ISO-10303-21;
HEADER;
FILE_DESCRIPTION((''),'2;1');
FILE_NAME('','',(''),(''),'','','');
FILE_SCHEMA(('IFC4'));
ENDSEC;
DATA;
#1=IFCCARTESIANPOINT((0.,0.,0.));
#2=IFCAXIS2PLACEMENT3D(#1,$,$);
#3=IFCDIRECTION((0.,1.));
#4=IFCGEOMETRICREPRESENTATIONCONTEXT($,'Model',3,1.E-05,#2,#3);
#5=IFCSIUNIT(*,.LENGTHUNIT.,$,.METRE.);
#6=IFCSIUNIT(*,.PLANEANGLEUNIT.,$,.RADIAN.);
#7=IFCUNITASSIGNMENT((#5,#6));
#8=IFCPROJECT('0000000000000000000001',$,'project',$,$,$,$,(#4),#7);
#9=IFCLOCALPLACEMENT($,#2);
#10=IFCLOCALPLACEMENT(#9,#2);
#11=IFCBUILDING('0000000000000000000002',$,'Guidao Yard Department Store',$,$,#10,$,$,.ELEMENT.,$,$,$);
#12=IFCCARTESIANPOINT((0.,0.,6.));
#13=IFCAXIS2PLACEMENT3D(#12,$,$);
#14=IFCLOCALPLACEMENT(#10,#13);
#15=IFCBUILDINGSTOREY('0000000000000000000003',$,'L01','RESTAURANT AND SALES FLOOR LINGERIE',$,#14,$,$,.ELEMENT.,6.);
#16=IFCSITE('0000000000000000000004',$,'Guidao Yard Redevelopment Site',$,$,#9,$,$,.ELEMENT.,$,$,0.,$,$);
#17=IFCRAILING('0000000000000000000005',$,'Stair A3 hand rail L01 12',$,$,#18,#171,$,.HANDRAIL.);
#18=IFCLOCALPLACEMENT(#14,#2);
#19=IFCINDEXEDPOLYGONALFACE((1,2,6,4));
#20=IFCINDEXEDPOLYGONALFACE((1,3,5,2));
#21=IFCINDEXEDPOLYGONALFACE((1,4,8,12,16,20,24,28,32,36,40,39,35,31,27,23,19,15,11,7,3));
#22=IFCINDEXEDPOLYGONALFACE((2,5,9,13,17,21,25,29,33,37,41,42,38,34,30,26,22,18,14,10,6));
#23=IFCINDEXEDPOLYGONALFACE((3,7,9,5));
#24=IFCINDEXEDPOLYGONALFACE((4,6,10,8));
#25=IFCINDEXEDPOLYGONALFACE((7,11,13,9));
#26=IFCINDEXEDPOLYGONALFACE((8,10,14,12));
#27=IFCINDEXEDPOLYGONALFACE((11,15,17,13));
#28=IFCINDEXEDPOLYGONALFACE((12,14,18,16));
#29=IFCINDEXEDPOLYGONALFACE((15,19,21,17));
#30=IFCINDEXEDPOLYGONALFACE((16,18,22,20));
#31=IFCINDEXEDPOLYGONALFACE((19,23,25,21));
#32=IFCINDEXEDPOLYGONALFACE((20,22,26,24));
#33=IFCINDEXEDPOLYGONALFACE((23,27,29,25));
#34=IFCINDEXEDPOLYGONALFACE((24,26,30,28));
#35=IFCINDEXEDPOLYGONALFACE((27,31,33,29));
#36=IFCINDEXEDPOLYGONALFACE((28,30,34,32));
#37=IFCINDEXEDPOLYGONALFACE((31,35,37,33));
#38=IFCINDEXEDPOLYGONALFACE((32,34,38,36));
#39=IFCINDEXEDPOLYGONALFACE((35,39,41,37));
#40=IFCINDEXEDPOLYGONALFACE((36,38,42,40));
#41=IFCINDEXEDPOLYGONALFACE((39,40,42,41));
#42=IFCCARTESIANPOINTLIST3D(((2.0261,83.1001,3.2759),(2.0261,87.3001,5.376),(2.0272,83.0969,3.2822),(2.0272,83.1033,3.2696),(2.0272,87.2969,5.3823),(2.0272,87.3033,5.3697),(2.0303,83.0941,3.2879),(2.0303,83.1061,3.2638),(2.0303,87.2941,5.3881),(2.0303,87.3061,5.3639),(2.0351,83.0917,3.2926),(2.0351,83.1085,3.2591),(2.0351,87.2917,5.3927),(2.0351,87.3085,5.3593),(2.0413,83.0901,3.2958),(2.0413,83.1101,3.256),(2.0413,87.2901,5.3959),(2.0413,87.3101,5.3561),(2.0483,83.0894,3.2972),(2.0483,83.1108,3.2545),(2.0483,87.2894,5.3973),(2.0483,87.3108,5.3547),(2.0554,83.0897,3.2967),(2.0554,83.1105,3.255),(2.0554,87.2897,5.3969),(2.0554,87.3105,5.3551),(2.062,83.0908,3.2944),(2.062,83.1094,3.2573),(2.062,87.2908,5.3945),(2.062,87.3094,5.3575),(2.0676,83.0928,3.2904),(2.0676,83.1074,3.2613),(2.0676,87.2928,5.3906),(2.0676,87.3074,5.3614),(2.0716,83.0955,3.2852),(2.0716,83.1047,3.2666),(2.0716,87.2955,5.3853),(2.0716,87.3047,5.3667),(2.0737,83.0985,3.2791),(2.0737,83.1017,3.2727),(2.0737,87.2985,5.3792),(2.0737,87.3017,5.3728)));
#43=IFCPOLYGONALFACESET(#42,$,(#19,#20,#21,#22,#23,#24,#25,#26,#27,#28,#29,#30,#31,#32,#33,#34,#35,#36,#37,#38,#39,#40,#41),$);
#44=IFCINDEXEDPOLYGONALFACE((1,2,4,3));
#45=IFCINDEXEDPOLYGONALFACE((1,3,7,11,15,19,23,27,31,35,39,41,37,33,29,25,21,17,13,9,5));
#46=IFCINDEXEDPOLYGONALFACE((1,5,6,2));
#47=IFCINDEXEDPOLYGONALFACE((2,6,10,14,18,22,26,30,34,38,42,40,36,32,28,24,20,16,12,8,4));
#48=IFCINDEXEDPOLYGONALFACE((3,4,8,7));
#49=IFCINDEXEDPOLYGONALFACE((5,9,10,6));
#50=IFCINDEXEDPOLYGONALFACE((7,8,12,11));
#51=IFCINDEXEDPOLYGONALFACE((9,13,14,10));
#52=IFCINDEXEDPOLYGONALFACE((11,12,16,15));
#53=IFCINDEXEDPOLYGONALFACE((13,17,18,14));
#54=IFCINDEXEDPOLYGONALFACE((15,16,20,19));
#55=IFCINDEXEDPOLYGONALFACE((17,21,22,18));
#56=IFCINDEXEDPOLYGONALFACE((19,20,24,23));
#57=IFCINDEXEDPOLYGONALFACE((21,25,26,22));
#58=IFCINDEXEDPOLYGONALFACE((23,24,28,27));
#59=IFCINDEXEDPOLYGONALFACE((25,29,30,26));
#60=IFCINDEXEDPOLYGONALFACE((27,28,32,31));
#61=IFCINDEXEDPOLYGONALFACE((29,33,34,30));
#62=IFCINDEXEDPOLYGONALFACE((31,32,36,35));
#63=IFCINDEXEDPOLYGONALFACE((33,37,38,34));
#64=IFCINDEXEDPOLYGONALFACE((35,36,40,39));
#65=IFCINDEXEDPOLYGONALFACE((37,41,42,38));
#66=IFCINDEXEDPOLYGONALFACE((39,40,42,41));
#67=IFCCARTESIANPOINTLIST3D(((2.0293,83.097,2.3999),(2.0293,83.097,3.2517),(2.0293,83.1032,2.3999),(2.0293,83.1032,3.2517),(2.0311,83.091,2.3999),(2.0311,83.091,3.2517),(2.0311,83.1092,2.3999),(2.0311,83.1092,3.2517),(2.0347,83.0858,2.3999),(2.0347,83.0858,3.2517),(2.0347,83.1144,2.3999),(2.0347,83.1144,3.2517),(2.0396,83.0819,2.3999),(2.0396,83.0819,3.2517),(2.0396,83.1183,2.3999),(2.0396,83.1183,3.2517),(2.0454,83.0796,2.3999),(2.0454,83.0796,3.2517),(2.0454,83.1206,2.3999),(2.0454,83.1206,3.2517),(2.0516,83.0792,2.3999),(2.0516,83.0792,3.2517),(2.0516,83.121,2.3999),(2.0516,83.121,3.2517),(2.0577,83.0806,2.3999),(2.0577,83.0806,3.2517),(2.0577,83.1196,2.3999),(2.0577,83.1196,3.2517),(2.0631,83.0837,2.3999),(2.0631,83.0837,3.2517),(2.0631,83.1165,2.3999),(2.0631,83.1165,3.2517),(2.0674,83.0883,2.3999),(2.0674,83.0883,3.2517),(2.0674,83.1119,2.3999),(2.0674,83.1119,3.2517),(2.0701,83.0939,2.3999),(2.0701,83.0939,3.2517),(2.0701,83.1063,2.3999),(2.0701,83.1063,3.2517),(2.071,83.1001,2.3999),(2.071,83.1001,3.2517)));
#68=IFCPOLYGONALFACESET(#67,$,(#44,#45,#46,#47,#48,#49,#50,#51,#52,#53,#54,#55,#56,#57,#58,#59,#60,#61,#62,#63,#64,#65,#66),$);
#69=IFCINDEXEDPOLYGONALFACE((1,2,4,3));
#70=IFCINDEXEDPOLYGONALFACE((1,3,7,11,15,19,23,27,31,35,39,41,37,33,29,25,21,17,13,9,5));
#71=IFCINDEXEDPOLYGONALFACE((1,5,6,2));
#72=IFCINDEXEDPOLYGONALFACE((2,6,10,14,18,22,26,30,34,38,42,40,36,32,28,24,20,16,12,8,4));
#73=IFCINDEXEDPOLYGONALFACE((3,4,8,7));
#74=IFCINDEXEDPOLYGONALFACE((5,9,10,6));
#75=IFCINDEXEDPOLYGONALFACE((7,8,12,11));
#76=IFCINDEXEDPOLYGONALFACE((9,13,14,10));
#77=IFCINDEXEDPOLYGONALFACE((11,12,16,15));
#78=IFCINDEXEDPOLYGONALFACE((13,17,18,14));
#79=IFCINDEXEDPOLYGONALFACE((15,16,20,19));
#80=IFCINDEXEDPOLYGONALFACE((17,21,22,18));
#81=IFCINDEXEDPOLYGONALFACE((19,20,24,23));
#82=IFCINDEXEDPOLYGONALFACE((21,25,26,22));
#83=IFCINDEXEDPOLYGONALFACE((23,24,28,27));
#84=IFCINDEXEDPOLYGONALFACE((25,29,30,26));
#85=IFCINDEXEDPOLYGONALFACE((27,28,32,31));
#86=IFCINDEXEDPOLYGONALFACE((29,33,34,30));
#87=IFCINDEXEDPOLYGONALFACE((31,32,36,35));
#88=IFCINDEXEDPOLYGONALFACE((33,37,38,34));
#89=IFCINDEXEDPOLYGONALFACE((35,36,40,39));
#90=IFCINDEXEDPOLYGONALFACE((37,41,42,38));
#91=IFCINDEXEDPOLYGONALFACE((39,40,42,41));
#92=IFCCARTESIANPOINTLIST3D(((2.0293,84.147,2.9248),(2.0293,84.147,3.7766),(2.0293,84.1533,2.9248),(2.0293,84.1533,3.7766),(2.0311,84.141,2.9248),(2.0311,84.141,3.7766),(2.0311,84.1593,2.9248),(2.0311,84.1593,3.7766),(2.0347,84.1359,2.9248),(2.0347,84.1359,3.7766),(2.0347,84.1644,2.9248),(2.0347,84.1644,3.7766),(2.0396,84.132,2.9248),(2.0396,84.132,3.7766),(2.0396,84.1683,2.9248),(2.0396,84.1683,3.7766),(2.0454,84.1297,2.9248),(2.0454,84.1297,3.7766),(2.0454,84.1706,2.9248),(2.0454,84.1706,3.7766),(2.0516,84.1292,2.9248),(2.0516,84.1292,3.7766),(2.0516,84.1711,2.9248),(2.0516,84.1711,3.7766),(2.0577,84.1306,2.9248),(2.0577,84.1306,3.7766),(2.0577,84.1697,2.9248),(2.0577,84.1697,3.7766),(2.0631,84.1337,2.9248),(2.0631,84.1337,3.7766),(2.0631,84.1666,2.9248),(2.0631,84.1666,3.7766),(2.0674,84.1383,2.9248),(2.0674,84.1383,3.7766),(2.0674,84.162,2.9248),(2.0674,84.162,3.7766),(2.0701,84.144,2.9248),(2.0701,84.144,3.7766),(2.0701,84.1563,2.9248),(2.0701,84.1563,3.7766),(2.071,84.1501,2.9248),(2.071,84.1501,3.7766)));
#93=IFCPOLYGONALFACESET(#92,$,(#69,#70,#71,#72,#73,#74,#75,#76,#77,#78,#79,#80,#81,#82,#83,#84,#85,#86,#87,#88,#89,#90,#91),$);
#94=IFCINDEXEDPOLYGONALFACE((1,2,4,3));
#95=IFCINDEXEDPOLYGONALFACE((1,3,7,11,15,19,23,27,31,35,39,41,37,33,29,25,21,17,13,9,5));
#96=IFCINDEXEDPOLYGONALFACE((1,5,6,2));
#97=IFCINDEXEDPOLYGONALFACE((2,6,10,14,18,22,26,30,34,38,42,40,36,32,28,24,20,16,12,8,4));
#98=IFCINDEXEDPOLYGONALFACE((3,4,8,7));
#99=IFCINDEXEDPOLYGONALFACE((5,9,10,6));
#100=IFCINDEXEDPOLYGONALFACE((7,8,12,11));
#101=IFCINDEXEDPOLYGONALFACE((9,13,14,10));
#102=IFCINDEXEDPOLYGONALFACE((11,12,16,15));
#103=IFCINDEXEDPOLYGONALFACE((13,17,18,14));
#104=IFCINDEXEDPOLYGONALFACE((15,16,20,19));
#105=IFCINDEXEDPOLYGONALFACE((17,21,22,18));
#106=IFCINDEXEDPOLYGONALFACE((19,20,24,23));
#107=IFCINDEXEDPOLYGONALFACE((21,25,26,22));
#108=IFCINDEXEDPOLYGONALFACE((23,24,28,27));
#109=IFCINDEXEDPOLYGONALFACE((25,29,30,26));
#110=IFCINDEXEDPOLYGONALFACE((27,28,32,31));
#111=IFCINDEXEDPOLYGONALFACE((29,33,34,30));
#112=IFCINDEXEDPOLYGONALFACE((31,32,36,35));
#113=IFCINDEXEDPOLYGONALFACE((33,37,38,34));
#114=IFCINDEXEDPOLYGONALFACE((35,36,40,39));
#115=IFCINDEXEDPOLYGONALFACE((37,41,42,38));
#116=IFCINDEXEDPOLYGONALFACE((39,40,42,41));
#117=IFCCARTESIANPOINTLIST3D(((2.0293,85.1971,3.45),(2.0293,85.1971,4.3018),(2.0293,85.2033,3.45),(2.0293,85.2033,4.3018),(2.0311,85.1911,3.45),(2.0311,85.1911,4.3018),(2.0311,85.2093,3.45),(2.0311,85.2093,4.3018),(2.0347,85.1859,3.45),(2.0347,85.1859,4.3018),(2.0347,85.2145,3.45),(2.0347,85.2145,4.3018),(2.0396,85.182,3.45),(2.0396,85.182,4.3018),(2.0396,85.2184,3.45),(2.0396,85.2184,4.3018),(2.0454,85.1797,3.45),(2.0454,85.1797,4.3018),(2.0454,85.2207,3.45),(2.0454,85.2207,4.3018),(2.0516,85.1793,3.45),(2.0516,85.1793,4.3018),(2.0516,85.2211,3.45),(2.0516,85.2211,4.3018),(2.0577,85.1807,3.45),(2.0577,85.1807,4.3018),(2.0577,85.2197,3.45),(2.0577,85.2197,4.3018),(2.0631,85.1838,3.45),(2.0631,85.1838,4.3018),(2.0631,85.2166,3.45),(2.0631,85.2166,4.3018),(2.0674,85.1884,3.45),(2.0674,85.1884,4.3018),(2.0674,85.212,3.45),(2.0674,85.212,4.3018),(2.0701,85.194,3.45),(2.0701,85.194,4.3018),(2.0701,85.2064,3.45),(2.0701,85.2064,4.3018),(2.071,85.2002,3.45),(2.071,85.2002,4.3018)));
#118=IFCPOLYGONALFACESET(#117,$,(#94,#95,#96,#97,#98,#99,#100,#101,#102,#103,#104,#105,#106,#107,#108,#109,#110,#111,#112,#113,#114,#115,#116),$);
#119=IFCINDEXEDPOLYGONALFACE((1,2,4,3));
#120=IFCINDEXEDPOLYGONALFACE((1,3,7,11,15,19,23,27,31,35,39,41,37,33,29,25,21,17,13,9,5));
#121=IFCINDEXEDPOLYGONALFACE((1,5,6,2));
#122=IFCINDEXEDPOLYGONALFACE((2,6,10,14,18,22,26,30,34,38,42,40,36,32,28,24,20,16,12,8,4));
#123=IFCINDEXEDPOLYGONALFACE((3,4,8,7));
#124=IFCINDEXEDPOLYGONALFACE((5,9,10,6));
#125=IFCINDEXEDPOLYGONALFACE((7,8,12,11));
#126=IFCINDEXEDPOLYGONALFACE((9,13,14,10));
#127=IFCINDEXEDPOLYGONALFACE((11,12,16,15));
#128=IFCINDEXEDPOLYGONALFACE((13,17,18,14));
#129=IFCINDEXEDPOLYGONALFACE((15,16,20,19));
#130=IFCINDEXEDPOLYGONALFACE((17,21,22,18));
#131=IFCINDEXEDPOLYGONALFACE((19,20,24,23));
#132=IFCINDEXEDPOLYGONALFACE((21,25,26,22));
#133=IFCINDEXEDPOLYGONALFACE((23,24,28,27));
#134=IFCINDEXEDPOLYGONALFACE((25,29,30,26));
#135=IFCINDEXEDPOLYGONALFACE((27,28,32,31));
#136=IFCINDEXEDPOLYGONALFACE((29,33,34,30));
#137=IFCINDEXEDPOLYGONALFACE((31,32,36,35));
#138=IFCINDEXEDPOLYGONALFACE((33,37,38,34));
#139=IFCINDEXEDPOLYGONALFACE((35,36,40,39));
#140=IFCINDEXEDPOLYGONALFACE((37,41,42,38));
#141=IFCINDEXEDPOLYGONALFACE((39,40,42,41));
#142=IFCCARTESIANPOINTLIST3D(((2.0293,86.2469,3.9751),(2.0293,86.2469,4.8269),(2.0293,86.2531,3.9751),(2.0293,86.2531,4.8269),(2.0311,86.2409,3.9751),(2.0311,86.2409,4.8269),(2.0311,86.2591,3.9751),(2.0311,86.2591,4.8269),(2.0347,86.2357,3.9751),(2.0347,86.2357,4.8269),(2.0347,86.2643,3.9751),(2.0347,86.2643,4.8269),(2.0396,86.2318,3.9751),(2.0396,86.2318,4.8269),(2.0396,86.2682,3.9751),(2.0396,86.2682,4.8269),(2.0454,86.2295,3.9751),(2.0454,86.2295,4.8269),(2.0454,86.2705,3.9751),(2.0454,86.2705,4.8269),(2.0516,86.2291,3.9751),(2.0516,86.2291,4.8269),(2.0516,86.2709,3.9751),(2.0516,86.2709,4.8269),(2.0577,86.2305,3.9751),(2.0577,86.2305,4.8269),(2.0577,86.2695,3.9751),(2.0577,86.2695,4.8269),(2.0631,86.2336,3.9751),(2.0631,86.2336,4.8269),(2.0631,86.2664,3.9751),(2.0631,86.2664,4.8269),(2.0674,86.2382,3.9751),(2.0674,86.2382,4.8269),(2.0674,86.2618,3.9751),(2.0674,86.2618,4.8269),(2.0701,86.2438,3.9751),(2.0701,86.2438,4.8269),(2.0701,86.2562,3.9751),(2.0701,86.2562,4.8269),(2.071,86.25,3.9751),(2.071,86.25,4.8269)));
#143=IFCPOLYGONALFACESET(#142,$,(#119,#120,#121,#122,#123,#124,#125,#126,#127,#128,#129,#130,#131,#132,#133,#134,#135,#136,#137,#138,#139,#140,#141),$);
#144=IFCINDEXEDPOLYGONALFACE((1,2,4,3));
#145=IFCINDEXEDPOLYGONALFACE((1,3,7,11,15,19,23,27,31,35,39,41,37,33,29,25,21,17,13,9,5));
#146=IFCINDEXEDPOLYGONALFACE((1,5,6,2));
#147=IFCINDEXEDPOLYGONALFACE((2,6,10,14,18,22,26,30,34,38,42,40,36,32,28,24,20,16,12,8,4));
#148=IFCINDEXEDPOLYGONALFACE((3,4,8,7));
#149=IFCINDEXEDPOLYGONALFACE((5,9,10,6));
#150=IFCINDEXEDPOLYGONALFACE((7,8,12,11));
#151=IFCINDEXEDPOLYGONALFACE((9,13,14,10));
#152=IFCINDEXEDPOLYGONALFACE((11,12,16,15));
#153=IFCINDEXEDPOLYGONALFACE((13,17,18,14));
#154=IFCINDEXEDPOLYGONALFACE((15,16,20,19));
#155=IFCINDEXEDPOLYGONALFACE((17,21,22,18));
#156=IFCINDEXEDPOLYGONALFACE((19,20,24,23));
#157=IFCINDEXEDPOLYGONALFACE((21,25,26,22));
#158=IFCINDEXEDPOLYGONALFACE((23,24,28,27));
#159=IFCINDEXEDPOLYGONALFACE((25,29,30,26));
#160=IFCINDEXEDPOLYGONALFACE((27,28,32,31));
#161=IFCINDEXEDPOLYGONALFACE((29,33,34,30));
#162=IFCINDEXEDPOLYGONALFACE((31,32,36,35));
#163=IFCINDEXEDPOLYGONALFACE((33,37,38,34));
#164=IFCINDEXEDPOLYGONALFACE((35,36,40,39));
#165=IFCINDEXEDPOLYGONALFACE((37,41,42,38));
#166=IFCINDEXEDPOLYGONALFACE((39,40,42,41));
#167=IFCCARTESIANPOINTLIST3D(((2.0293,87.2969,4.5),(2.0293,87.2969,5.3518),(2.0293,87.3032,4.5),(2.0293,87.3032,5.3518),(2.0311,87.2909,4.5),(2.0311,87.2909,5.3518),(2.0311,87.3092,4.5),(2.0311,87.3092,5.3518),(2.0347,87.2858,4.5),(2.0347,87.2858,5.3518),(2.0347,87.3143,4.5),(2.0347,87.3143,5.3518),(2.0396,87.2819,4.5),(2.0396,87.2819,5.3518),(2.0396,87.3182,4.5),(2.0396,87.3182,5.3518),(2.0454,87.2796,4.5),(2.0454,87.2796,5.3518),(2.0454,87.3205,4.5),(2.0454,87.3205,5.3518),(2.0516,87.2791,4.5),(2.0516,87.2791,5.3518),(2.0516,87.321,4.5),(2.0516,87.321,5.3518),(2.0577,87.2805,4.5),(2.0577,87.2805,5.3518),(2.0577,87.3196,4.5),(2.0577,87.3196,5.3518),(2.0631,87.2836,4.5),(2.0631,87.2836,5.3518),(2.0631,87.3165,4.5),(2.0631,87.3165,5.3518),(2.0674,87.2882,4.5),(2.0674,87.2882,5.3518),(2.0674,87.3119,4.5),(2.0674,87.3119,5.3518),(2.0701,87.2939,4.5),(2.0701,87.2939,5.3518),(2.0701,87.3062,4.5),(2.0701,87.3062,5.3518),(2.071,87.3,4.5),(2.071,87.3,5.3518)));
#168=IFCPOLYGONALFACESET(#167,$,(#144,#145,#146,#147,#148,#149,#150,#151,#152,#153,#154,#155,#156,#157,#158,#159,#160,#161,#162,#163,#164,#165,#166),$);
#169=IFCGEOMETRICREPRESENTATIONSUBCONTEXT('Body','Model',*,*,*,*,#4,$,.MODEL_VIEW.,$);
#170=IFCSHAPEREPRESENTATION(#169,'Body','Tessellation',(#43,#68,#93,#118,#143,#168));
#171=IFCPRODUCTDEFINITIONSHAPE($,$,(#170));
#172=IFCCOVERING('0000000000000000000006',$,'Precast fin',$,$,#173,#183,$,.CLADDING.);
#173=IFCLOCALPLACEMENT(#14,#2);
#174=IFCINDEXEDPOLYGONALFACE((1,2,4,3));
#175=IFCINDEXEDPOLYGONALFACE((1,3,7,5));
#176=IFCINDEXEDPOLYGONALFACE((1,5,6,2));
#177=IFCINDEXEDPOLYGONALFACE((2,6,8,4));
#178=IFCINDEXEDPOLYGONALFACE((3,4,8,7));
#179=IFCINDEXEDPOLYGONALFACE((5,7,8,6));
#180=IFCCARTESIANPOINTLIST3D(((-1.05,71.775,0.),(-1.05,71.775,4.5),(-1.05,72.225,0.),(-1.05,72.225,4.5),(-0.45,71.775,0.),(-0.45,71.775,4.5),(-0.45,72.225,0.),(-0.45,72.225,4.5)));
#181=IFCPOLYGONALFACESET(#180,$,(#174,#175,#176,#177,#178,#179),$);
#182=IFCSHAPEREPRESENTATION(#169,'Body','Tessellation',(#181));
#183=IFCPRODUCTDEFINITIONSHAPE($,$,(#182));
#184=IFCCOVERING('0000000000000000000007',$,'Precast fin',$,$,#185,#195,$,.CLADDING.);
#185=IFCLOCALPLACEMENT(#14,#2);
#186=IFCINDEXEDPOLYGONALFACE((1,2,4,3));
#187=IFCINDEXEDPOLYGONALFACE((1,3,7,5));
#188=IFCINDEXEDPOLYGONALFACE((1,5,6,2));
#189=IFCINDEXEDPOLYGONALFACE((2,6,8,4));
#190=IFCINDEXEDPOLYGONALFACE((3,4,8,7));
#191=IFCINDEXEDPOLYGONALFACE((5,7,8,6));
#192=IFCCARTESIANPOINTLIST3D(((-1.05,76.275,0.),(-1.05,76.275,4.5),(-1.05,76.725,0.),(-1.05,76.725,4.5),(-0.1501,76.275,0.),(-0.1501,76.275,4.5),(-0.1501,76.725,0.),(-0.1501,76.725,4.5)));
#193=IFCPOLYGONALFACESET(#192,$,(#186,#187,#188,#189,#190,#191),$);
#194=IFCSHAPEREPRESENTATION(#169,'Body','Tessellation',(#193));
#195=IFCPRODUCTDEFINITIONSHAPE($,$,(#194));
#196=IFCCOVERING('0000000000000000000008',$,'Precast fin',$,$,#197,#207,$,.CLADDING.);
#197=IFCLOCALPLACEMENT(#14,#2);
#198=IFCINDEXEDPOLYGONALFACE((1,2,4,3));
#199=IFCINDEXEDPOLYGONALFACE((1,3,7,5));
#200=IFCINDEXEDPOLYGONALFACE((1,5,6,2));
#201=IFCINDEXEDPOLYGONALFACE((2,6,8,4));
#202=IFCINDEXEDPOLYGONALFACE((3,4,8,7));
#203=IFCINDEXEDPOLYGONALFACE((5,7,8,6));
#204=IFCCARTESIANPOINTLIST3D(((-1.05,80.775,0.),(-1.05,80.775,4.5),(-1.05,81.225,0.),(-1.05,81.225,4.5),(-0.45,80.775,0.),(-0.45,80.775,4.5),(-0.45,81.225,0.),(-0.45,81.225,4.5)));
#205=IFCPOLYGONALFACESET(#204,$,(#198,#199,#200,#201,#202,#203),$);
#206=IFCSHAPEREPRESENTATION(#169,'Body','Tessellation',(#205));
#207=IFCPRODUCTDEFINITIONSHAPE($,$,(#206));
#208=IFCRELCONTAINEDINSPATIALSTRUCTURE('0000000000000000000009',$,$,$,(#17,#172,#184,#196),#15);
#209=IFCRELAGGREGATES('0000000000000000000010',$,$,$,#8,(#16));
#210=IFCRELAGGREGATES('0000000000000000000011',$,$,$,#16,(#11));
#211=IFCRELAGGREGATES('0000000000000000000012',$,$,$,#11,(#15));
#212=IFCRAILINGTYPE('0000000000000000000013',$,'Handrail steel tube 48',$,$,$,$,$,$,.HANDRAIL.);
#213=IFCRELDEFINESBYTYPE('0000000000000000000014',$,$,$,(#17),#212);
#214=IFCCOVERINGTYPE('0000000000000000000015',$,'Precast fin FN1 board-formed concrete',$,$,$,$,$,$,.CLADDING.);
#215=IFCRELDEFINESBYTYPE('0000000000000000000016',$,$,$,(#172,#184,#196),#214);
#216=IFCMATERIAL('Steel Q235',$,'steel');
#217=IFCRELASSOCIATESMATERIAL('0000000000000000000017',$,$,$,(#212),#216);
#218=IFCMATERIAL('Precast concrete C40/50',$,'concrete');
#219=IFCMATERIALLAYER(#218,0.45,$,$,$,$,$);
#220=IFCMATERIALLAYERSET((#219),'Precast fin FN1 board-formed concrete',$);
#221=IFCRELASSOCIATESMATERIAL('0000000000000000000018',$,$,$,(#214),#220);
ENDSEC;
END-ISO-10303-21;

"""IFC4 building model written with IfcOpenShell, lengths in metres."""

from ifc_helpers import new_model, si_unit, direction, frame, origin, origin_2d, place, context, subcontext, project, spatial, rectangle, circle, extrude, material, layer, layer_set, type_object, element, save


model = new_model("IFC4")

# Units and contexts
model_context = context("Model", 3, precision=1e-05, world=origin(), true_north=direction((0.0, 1.0)))
body_context = subcontext(model_context, "Body", "Model", "MODEL_VIEW")
ifc_project = project(units=[si_unit("LENGTHUNIT", "METRE"), si_unit("PLANEANGLEUNIT", "RADIAN")], contexts=[model_context])

# Site, building, storey
site_placement = place(None, origin())
site = spatial("IfcSite", under=ifc_project, at=site_placement, Name="Guidao Yard Redevelopment Site", CompositionType="ELEMENT", RefElevation=0.0)
building_placement = place(site_placement, origin())
building = spatial("IfcBuilding", under=site, at=building_placement, Name="Guidao Yard Department Store", CompositionType="ELEMENT")
storey_placement = place(building_placement, frame((0.0, 0.0, 6.0)))
storey = spatial("IfcBuildingStorey", under=building, at=storey_placement, Name="L01", Description="RESTAURANT AND SALES FLOOR LINGERIE", CompositionType="ELEMENT", Elevation=6.0)

# Railing
ifc_material_1 = material(Name="Steel Q235", Category="steel")
railing_type_1 = type_object("IfcRailingType", Name="Handrail steel tube 48", PredefinedType="HANDRAIL", material=ifc_material_1)
railing_1_placement = place(storey_placement, frame((2.05, 83.1001, 2.3999)))
element("IfcRailing", 1, at=railing_1_placement, inside=storey, type_object=railing_type_1, Name="Stair A3 hand rail L01 12", PredefinedType="HANDRAIL", context=body_context, shape_type="SweptSolid", body=[
    extrude(circle(Radius=0.0239, at=origin_2d()), frame((0.0, 0.0, 0.876), z_axis=(0.0, 0.894417, 0.447234), x_axis=(-1.0, 0.0, 0.0)), (0.0, 0.0, 1.0), 4.6958),
    extrude(circle(Radius=0.021, at=origin_2d()), origin(), (0.0, 0.0, 1.0), 0.8518),
    extrude(circle(Radius=0.021, at=origin_2d()), frame((0.0, 1.05, 0.5249)), (0.0, 0.0, 1.0), 0.8518),
    extrude(circle(Radius=0.021, at=origin_2d()), frame((0.0, 2.1001, 1.05)), (0.0, 0.0, 1.0), 0.8518),
    extrude(circle(Radius=0.021, at=origin_2d()), frame((0.0, 3.1499, 1.5752)), (0.0, 0.0, 1.0), 0.8518),
    extrude(circle(Radius=0.021, at=origin_2d()), frame((0.0, 4.2, 2.1001)), (0.0, 0.0, 1.0), 0.8518),
])

# Coverings
ifc_material_2 = material(Name="Precast concrete C40/50", Category="concrete")
ifc_layer_1 = layer(ifc_material_2, 0.45)
ifc_layer_set_1 = layer_set([ifc_layer_1], Name="Precast fin FN1 board-formed concrete")
covering_type = type_object("IfcCoveringType", Name="Precast fin FN1 board-formed concrete", PredefinedType="CLADDING", material=ifc_layer_set_1)
covering_1_placement = place(storey_placement, frame((-0.75, 72.0, 0.0), z_axis=(0.0, 0.0, 1.0), x_axis=(0.0, 1.0, 0.0)))
element("IfcCovering", 2, at=covering_1_placement, inside=storey, type_object=covering_type, Name="Precast fin", PredefinedType="CLADDING", context=body_context, shape_type="SweptSolid", body=[
    extrude(rectangle(XDim=0.45, YDim=0.6001, at=origin_2d()), origin(), (0.0, 0.0, 1.0), 4.5),
])
covering_2_placement = place(storey_placement, frame((-0.6001, 76.5, 0.0), z_axis=(0.0, 0.0, 1.0), x_axis=(0.0, 1.0, 0.0)))
element("IfcCovering", 3, at=covering_2_placement, inside=storey, type_object=covering_type, Name="Precast fin", PredefinedType="CLADDING", context=body_context, shape_type="SweptSolid", body=[
    extrude(rectangle(XDim=0.45, YDim=0.8999, at=origin_2d()), origin(), (0.0, 0.0, 1.0), 4.5),
])
for number, where, z_axis, x_axis, name in (
    (4, (-0.75, 81.0, 0.0), (0.0, 0.0, 1.0), (0.0, 1.0, 0.0), "Precast fin"),
):
    element("IfcCovering", number, at=place(storey_placement, frame(where, z_axis=z_axis, x_axis=x_axis)), inside=storey, type_object=covering_type, Name=name, PredefinedType="CLADDING", context=body_context, shape_type="SweptSolid", body=[
        extrude(rectangle(XDim=0.45, YDim=0.6001, at=origin_2d()), origin(), (0.0, 0.0, 1.0), 4.5),
    ])

save(model, "model.ifc")
